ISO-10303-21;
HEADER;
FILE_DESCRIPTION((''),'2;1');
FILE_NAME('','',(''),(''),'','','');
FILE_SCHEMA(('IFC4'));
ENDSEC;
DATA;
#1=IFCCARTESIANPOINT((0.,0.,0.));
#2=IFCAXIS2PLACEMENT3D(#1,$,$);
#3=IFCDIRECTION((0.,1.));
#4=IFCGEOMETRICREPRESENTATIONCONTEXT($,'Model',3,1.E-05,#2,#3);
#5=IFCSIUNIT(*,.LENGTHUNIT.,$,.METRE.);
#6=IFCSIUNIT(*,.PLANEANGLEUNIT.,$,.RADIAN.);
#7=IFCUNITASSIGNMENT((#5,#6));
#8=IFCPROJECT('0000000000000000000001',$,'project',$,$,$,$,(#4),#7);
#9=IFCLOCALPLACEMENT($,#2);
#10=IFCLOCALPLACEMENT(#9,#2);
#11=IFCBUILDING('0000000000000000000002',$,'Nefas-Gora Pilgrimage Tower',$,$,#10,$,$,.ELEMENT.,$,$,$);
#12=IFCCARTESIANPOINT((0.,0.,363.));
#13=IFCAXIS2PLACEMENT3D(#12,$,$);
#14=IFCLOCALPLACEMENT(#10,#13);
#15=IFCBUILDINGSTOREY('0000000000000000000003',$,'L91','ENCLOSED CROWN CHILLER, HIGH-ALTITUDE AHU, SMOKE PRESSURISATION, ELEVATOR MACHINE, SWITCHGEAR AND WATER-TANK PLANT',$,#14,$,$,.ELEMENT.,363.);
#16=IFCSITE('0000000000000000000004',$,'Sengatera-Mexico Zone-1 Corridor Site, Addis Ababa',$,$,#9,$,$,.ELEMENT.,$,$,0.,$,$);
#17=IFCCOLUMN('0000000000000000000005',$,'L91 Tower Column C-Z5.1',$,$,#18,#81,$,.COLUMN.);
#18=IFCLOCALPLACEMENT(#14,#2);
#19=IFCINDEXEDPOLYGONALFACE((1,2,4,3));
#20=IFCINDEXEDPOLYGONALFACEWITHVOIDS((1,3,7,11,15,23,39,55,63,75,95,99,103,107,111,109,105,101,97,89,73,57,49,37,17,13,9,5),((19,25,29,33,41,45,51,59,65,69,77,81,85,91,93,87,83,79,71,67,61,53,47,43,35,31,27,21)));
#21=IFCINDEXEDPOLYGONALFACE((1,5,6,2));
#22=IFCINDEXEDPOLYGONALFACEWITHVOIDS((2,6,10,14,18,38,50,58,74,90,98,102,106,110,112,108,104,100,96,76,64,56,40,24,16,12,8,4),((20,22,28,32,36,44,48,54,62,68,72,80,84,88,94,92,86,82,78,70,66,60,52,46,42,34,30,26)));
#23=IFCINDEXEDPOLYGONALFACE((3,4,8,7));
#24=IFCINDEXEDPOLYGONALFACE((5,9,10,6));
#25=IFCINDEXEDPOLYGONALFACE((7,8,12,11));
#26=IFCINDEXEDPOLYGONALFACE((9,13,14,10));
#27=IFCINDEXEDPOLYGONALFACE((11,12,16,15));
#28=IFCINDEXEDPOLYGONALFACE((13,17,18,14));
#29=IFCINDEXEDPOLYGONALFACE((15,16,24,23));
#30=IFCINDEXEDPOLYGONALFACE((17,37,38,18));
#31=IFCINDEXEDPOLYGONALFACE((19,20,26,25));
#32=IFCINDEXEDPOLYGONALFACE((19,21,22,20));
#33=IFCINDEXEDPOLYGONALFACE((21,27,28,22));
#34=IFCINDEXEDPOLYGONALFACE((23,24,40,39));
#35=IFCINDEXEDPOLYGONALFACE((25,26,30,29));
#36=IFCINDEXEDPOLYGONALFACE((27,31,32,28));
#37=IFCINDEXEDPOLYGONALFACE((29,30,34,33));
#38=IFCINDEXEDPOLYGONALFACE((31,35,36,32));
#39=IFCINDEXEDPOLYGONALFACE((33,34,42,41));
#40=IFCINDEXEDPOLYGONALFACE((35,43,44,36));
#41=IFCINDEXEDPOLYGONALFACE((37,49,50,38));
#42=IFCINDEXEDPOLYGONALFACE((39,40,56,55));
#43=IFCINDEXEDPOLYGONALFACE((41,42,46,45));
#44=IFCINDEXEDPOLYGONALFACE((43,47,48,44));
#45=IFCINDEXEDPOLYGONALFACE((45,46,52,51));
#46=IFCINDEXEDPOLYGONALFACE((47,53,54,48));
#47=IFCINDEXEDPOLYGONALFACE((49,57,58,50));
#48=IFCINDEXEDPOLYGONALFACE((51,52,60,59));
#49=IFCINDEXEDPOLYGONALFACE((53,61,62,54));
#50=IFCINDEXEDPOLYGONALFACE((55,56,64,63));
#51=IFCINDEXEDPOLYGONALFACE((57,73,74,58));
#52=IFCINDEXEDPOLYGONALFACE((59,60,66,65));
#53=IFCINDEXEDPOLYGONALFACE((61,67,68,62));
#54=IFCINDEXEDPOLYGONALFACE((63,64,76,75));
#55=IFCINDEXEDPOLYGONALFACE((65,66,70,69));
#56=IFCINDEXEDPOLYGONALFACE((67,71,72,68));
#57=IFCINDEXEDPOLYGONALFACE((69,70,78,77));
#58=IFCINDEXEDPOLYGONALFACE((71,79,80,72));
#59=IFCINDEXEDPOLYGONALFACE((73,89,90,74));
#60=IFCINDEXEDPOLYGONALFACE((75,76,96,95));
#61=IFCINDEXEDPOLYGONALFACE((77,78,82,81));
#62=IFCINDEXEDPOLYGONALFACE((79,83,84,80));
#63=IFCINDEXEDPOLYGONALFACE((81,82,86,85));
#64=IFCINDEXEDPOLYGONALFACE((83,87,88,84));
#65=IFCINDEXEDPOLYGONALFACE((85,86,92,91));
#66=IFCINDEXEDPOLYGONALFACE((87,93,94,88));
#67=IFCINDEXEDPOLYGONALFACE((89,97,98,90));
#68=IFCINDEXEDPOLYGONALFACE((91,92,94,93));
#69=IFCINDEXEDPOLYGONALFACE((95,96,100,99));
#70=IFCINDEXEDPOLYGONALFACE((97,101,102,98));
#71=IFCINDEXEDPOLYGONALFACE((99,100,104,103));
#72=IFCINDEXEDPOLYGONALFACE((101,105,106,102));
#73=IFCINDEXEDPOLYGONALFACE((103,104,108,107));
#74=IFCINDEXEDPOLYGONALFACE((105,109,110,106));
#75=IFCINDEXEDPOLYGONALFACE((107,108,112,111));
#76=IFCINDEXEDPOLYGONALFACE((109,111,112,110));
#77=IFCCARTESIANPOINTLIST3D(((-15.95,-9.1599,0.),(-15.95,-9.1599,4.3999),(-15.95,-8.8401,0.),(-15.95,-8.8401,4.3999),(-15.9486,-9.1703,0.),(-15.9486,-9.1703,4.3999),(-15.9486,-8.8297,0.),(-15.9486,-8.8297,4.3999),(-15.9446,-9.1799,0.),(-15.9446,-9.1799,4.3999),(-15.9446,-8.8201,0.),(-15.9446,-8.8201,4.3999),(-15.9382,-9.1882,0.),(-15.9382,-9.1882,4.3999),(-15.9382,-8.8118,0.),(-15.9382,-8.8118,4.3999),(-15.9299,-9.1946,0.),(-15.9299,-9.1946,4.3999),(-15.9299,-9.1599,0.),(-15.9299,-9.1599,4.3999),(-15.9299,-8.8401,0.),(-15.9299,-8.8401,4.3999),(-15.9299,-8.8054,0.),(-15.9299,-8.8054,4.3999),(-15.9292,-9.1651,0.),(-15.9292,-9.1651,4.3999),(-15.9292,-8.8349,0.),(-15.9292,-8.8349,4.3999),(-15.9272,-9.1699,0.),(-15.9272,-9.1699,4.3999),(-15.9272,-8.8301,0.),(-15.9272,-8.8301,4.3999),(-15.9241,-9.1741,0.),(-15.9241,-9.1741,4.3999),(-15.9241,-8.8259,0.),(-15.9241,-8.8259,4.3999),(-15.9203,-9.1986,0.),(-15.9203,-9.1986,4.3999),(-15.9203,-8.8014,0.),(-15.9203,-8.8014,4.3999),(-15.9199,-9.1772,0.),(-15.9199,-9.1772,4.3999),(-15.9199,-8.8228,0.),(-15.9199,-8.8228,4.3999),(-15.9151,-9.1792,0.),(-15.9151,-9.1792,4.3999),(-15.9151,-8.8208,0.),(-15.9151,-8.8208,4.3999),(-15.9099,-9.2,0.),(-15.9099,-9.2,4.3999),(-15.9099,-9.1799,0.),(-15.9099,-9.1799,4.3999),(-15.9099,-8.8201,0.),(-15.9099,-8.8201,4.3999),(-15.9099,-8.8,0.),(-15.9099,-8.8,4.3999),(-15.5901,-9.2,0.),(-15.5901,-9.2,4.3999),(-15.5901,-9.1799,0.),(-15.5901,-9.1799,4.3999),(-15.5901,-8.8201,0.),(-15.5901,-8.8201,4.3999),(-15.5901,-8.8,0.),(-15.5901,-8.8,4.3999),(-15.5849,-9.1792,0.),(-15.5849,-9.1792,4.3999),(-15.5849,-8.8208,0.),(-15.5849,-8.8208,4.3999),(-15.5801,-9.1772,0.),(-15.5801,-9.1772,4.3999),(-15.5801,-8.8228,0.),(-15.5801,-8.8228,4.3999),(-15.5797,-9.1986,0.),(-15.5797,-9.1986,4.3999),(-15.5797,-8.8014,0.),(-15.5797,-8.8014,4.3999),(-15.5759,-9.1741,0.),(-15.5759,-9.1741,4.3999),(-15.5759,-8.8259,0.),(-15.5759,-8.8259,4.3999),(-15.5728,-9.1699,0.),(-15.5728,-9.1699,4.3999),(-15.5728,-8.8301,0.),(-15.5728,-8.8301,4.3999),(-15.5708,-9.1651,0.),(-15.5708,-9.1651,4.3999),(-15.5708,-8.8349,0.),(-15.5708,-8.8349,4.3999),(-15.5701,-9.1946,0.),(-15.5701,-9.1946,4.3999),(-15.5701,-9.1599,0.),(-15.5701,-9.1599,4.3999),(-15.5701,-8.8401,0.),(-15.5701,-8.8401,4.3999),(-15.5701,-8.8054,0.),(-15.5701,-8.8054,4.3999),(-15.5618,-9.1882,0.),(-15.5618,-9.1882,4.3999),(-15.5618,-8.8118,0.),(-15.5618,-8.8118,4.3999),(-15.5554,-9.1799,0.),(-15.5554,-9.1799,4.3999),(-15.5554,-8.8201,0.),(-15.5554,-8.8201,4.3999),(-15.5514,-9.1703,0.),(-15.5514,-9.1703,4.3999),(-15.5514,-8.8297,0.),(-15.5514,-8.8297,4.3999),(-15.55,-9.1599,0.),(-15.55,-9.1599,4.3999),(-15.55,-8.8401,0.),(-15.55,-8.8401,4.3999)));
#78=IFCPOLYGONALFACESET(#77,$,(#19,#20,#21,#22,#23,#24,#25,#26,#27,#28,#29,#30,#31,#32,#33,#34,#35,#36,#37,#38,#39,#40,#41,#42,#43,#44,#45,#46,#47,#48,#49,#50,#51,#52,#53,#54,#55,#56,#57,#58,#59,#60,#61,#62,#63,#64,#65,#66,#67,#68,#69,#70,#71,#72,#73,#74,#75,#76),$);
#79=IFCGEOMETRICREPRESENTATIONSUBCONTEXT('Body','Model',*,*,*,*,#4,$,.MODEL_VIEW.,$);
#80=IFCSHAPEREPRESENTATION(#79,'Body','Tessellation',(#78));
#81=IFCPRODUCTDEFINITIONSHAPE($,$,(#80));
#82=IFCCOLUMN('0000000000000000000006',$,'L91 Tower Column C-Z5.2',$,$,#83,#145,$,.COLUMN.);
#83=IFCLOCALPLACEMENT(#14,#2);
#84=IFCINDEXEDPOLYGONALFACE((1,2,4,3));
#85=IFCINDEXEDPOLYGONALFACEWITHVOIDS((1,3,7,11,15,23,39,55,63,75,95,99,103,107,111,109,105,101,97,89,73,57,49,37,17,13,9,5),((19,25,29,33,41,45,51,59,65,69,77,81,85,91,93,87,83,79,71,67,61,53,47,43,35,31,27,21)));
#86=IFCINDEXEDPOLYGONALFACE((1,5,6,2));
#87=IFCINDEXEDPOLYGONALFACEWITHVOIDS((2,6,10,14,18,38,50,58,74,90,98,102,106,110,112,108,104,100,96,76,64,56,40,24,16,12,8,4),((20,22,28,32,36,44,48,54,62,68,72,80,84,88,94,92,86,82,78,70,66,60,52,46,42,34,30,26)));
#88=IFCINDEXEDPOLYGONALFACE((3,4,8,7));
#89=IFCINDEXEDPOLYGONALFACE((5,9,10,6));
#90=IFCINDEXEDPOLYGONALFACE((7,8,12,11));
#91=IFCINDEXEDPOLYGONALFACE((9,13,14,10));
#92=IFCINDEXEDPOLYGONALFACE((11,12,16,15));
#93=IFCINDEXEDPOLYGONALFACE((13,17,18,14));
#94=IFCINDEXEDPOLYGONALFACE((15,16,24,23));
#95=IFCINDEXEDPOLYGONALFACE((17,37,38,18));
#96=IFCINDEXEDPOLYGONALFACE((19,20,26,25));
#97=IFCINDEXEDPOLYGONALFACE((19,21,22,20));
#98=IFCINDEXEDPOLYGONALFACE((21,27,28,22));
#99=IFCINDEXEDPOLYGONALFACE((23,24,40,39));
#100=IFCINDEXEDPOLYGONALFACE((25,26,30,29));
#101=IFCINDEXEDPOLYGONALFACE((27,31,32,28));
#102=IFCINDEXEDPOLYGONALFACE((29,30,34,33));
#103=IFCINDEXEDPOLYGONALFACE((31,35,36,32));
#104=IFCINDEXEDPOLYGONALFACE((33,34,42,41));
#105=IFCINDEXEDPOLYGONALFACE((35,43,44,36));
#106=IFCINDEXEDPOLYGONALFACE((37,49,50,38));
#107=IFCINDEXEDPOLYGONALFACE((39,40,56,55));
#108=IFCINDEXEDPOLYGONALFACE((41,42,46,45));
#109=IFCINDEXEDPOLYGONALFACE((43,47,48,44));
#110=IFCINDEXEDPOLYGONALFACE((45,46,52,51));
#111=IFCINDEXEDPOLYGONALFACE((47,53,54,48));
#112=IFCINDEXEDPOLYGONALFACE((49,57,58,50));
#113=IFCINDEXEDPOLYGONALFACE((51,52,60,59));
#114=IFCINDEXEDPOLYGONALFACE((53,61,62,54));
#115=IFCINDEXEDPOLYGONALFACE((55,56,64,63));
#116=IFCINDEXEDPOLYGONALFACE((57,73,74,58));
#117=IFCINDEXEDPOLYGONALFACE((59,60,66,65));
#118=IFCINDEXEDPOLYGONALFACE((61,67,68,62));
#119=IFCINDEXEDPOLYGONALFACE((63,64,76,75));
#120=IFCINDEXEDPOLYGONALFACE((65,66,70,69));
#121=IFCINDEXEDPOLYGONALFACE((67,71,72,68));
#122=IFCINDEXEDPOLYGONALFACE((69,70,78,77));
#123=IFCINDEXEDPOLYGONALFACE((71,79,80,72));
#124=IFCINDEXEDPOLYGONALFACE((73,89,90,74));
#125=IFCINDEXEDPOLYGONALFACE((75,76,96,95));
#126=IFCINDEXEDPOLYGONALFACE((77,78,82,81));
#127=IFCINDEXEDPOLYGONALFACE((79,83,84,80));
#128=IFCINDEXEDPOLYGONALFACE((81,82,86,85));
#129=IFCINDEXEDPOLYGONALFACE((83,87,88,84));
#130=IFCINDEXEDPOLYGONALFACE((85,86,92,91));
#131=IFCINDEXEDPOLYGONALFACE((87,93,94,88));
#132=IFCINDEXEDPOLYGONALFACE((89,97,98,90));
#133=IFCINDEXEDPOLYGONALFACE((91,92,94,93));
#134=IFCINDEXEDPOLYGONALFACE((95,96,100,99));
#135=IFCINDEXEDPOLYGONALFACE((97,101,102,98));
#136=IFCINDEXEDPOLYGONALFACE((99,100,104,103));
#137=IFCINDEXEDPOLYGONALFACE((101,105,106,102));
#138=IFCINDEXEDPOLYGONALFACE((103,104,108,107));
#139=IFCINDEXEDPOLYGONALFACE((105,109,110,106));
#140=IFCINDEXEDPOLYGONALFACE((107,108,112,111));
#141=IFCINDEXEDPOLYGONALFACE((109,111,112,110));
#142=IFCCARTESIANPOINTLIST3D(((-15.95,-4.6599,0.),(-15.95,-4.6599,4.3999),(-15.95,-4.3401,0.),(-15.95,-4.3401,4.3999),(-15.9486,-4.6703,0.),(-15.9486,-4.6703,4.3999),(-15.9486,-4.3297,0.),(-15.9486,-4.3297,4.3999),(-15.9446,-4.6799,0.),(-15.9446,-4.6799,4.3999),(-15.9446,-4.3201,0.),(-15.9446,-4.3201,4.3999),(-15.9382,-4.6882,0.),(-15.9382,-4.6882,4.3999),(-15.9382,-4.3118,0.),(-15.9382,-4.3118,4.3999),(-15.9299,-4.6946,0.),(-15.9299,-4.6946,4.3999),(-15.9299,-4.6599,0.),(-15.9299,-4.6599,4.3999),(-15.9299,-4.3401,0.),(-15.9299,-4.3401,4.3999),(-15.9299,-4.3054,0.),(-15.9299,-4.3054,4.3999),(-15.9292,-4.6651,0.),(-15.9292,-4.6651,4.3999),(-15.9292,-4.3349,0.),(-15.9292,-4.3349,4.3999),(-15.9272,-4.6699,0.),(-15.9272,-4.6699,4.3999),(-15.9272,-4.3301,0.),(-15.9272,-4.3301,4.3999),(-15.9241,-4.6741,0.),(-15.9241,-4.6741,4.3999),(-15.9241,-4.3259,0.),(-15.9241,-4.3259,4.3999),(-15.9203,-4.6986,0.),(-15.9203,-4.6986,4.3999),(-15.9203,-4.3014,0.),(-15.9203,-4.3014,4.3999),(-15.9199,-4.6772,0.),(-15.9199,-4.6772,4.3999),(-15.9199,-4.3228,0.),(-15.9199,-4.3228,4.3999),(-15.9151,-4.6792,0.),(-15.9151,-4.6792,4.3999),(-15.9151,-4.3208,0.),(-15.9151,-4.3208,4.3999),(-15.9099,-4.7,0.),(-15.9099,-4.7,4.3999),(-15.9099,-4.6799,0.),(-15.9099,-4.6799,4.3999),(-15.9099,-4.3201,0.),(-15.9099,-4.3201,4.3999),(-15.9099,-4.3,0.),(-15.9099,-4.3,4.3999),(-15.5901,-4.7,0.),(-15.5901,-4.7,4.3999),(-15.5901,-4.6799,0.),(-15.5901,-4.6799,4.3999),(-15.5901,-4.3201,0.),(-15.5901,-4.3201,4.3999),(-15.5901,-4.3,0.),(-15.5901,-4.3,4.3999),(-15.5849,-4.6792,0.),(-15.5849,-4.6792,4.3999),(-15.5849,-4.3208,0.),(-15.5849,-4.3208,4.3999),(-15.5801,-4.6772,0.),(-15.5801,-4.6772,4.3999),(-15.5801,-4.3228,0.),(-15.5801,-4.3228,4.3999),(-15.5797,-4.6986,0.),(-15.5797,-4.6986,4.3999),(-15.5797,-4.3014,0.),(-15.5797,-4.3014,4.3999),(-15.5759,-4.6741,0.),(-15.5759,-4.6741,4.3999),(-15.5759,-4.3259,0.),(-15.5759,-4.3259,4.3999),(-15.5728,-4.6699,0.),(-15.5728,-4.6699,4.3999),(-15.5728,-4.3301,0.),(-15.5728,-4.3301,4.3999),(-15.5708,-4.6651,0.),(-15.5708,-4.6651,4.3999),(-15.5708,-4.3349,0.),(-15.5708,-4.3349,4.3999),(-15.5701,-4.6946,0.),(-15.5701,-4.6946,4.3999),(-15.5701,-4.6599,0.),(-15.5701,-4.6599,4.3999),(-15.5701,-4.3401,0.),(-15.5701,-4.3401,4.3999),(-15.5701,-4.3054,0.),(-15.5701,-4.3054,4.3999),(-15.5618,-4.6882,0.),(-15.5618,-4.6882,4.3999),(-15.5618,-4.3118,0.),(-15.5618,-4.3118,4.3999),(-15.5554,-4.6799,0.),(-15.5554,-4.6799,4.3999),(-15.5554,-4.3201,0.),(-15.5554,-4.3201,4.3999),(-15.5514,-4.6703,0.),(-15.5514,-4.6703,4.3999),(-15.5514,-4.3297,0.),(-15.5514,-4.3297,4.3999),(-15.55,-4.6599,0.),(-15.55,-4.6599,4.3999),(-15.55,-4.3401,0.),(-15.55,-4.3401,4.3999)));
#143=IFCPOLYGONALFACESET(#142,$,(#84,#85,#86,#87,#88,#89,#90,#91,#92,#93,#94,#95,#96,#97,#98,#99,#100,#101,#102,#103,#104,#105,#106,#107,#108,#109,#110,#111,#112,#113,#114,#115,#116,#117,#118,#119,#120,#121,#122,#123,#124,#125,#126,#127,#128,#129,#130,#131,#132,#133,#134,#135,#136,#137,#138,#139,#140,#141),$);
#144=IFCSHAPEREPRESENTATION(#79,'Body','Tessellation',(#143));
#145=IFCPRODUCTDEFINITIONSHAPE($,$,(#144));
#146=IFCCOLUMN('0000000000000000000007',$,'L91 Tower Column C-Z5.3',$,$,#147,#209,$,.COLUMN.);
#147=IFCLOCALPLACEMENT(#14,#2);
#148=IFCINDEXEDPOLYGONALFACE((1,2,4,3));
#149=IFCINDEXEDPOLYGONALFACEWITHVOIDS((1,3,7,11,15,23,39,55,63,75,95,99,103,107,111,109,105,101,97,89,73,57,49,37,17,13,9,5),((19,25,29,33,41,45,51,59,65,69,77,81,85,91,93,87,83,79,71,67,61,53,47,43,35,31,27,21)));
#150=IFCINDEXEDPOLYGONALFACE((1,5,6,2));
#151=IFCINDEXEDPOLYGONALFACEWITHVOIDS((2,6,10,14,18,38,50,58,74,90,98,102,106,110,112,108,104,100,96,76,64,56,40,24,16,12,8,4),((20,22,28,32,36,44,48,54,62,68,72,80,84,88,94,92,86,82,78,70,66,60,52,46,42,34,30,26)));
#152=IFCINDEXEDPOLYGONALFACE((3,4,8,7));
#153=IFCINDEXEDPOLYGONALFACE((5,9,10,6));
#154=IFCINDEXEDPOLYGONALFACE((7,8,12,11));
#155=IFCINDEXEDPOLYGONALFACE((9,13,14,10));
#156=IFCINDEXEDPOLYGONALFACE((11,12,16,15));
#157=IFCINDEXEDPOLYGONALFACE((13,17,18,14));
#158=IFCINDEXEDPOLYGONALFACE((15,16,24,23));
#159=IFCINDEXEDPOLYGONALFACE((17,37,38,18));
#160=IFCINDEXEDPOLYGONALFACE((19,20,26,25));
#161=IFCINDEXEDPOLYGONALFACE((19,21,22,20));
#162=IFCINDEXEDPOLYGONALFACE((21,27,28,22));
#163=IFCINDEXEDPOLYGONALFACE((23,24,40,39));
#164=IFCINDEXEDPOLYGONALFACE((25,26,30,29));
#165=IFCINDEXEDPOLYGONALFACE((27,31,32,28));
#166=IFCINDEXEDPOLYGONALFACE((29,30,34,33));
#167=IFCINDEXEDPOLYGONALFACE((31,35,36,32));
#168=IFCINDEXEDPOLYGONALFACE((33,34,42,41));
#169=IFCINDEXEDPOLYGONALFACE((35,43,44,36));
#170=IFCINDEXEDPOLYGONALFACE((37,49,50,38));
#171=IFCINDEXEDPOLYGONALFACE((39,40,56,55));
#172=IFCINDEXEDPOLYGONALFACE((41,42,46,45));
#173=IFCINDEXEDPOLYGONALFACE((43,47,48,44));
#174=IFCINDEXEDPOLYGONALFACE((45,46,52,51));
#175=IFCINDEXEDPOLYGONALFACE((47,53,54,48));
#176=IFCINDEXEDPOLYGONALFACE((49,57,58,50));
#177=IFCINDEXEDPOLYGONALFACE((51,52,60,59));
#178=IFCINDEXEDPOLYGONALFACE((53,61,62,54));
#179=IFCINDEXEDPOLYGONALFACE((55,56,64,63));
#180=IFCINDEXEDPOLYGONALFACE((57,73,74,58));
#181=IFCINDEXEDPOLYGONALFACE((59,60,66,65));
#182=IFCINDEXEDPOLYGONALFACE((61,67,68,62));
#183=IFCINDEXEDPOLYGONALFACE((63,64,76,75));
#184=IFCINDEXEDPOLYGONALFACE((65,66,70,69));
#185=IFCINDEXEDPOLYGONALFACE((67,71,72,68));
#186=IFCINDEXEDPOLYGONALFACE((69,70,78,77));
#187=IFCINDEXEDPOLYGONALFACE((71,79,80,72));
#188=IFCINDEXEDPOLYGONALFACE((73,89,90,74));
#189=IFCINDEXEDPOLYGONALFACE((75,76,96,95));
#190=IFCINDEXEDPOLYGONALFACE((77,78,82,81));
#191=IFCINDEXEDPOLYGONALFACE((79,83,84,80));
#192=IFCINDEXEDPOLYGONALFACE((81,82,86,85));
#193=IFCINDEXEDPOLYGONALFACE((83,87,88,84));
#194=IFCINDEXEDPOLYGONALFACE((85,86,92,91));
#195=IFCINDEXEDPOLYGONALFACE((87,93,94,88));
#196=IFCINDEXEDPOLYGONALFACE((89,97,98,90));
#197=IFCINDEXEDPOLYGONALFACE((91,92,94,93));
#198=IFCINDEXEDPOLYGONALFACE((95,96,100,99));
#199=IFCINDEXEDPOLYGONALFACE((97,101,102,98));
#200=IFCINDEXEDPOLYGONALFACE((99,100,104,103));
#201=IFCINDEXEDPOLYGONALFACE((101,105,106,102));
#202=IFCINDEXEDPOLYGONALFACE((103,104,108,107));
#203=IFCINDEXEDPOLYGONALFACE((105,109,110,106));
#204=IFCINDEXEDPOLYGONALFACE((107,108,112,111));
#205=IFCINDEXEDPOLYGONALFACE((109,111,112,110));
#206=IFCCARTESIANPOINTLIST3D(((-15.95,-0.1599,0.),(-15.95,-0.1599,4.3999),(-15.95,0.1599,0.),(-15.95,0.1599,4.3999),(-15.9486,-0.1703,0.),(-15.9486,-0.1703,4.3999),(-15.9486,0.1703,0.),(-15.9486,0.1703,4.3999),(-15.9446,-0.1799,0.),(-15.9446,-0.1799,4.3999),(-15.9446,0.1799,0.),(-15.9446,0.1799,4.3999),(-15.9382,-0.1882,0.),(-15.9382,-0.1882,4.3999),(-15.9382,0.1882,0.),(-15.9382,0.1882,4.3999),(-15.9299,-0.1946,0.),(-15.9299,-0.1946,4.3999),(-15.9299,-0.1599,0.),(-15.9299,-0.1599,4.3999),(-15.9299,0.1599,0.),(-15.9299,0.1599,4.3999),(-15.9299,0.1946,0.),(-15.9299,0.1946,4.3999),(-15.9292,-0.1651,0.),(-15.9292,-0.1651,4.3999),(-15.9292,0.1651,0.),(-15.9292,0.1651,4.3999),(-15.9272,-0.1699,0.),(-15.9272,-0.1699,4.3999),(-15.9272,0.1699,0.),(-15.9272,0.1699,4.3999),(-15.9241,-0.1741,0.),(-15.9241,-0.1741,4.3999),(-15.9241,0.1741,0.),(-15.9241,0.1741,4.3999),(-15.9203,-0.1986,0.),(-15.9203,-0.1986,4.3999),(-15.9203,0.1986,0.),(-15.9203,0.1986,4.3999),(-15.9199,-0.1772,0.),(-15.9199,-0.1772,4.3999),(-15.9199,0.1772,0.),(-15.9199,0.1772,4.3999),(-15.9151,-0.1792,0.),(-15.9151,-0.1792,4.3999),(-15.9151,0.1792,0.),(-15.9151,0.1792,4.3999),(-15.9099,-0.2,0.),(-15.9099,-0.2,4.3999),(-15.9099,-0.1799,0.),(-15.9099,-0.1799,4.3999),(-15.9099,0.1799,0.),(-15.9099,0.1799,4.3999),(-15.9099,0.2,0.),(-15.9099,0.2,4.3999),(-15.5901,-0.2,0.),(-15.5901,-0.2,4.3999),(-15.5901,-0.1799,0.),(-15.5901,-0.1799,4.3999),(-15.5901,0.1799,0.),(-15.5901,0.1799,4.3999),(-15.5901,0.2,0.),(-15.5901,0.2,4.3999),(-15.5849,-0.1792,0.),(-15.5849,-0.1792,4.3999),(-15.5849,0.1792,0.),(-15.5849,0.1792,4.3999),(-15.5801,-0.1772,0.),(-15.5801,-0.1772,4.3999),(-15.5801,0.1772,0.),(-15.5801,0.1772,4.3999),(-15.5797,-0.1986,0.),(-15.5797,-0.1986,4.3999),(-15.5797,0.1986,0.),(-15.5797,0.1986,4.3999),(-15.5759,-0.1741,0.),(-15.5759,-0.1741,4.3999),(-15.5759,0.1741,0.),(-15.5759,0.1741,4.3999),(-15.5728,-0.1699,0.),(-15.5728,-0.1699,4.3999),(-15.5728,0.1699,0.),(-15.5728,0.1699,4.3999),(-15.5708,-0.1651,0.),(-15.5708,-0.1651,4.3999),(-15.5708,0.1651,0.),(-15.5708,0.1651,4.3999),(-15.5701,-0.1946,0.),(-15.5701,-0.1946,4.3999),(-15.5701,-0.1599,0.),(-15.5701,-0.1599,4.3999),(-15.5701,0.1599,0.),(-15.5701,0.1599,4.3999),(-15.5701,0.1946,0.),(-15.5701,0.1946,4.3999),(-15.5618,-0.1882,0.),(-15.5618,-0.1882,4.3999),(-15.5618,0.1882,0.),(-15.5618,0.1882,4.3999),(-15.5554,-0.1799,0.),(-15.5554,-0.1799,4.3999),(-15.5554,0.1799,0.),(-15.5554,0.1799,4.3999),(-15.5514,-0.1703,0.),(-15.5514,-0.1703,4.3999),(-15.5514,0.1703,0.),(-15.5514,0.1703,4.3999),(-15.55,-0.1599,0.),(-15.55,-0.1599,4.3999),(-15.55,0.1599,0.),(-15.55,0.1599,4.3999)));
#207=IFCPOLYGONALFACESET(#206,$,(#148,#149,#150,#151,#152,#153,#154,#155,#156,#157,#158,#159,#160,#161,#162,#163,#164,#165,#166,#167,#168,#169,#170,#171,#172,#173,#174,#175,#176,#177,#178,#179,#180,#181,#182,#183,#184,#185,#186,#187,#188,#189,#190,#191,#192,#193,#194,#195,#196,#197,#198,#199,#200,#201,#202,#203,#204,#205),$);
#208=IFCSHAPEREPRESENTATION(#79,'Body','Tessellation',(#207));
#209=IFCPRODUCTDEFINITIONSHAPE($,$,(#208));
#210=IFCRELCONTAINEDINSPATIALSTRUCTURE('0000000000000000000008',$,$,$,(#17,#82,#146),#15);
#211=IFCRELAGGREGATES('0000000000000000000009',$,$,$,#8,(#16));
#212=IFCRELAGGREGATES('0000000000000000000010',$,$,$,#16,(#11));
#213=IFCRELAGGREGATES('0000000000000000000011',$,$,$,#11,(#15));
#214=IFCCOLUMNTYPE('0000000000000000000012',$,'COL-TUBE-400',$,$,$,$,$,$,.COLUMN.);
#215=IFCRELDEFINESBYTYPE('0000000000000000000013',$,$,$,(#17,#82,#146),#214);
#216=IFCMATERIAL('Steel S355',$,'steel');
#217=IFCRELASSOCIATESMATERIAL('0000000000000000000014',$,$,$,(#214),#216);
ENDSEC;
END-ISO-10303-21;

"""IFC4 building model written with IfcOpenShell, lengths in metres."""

from ifc_helpers import new_model, si_unit, direction, frame, origin, origin_2d, place, context, subcontext, project, spatial, hollow_rectangle, extrude, source, transform, mapped, material, material_profile, profile_set, type_object, element, save


model = new_model("IFC4")

# Units and contexts
model_context = context("Model", 3, precision=1e-05, world=origin(), true_north=direction((0.0, 1.0)))
body_context = subcontext(model_context, "Body", "Model", "MODEL_VIEW")
ifc_project = project(units=[si_unit("LENGTHUNIT", "METRE"), si_unit("PLANEANGLEUNIT", "RADIAN")], contexts=[model_context])

# Site, building, storey
site_placement = place(None, origin())
site = spatial("IfcSite", under=ifc_project, at=site_placement, Name="Sengatera-Mexico Zone-1 Corridor Site, Addis Ababa", CompositionType="ELEMENT", RefElevation=0.0)
building_placement = place(site_placement, origin())
building = spatial("IfcBuilding", under=site, at=building_placement, Name="Nefas-Gora Pilgrimage Tower", CompositionType="ELEMENT")
storey_placement = place(building_placement, frame((0.0, 0.0, 363.0)))
storey = spatial("IfcBuildingStorey", under=building, at=storey_placement, Name="L91", Description="ENCLOSED CROWN CHILLER, HIGH-ALTITUDE AHU, SMOKE PRESSURISATION, ELEVATOR MACHINE, SWITCHGEAR AND WATER-TANK PLANT", CompositionType="ELEMENT", Elevation=363.0)

# Columns
ifc_material_1 = material(Name="Steel S355", Category="steel")
ifc_material_profile_1 = material_profile(ifc_material_1, hollow_rectangle(XDim=0.3999, YDim=0.3999, WallThickness=0.02, InnerFilletRadius=0.02, OuterFilletRadius=0.04, at=origin_2d()), Name="SHS 400x400x20")
ifc_profile_set_1 = profile_set([ifc_material_profile_1], Name="Steel S355")
column_type_1 = type_object("IfcColumnType", Name="COL-TUBE-400", PredefinedType="COLUMN", material=ifc_profile_set_1)
shared_shape_1 = source(origin(), body_context, "Body", "SweptSolid", [
    extrude(hollow_rectangle(XDim=0.3999, YDim=0.3999, WallThickness=0.02, InnerFilletRadius=0.02, OuterFilletRadius=0.04, at=origin_2d()), origin(), (0.0, 0.0, 1.0), 4.3999),
])
for number, where, z_axis, x_axis, name in (
    (1, (-15.75, -9.0, 0.0), (0.0, 0.0, 1.0), (1.0, 0.0, 0.0), "L91 Tower Column C-Z5.1"),
    (2, (-15.75, -4.5, 0.0), (0.0, 0.0, 1.0), (1.0, 0.0, 0.0), "L91 Tower Column C-Z5.2"),
    (3, (-15.75, 0.0, 0.0), (0.0, 0.0, 1.0), (1.0, 0.0, 0.0), "L91 Tower Column C-Z5.3"),
):
    element("IfcColumn", number, at=place(storey_placement, frame(where, z_axis=z_axis, x_axis=x_axis)), inside=storey, type_object=column_type_1, Name=name, PredefinedType="COLUMN", context=body_context, shape_type="MappedRepresentation", body=[
        mapped(shared_shape_1, transform((0.0, 0.0, 0.0), x_axis=(1.0, 0.0, 0.0), y_axis=(0.0, 1.0, 0.0), z_axis=(0.0, 0.0, 1.0), scale=1.0)),
    ])

save(model, "model.ifc")
